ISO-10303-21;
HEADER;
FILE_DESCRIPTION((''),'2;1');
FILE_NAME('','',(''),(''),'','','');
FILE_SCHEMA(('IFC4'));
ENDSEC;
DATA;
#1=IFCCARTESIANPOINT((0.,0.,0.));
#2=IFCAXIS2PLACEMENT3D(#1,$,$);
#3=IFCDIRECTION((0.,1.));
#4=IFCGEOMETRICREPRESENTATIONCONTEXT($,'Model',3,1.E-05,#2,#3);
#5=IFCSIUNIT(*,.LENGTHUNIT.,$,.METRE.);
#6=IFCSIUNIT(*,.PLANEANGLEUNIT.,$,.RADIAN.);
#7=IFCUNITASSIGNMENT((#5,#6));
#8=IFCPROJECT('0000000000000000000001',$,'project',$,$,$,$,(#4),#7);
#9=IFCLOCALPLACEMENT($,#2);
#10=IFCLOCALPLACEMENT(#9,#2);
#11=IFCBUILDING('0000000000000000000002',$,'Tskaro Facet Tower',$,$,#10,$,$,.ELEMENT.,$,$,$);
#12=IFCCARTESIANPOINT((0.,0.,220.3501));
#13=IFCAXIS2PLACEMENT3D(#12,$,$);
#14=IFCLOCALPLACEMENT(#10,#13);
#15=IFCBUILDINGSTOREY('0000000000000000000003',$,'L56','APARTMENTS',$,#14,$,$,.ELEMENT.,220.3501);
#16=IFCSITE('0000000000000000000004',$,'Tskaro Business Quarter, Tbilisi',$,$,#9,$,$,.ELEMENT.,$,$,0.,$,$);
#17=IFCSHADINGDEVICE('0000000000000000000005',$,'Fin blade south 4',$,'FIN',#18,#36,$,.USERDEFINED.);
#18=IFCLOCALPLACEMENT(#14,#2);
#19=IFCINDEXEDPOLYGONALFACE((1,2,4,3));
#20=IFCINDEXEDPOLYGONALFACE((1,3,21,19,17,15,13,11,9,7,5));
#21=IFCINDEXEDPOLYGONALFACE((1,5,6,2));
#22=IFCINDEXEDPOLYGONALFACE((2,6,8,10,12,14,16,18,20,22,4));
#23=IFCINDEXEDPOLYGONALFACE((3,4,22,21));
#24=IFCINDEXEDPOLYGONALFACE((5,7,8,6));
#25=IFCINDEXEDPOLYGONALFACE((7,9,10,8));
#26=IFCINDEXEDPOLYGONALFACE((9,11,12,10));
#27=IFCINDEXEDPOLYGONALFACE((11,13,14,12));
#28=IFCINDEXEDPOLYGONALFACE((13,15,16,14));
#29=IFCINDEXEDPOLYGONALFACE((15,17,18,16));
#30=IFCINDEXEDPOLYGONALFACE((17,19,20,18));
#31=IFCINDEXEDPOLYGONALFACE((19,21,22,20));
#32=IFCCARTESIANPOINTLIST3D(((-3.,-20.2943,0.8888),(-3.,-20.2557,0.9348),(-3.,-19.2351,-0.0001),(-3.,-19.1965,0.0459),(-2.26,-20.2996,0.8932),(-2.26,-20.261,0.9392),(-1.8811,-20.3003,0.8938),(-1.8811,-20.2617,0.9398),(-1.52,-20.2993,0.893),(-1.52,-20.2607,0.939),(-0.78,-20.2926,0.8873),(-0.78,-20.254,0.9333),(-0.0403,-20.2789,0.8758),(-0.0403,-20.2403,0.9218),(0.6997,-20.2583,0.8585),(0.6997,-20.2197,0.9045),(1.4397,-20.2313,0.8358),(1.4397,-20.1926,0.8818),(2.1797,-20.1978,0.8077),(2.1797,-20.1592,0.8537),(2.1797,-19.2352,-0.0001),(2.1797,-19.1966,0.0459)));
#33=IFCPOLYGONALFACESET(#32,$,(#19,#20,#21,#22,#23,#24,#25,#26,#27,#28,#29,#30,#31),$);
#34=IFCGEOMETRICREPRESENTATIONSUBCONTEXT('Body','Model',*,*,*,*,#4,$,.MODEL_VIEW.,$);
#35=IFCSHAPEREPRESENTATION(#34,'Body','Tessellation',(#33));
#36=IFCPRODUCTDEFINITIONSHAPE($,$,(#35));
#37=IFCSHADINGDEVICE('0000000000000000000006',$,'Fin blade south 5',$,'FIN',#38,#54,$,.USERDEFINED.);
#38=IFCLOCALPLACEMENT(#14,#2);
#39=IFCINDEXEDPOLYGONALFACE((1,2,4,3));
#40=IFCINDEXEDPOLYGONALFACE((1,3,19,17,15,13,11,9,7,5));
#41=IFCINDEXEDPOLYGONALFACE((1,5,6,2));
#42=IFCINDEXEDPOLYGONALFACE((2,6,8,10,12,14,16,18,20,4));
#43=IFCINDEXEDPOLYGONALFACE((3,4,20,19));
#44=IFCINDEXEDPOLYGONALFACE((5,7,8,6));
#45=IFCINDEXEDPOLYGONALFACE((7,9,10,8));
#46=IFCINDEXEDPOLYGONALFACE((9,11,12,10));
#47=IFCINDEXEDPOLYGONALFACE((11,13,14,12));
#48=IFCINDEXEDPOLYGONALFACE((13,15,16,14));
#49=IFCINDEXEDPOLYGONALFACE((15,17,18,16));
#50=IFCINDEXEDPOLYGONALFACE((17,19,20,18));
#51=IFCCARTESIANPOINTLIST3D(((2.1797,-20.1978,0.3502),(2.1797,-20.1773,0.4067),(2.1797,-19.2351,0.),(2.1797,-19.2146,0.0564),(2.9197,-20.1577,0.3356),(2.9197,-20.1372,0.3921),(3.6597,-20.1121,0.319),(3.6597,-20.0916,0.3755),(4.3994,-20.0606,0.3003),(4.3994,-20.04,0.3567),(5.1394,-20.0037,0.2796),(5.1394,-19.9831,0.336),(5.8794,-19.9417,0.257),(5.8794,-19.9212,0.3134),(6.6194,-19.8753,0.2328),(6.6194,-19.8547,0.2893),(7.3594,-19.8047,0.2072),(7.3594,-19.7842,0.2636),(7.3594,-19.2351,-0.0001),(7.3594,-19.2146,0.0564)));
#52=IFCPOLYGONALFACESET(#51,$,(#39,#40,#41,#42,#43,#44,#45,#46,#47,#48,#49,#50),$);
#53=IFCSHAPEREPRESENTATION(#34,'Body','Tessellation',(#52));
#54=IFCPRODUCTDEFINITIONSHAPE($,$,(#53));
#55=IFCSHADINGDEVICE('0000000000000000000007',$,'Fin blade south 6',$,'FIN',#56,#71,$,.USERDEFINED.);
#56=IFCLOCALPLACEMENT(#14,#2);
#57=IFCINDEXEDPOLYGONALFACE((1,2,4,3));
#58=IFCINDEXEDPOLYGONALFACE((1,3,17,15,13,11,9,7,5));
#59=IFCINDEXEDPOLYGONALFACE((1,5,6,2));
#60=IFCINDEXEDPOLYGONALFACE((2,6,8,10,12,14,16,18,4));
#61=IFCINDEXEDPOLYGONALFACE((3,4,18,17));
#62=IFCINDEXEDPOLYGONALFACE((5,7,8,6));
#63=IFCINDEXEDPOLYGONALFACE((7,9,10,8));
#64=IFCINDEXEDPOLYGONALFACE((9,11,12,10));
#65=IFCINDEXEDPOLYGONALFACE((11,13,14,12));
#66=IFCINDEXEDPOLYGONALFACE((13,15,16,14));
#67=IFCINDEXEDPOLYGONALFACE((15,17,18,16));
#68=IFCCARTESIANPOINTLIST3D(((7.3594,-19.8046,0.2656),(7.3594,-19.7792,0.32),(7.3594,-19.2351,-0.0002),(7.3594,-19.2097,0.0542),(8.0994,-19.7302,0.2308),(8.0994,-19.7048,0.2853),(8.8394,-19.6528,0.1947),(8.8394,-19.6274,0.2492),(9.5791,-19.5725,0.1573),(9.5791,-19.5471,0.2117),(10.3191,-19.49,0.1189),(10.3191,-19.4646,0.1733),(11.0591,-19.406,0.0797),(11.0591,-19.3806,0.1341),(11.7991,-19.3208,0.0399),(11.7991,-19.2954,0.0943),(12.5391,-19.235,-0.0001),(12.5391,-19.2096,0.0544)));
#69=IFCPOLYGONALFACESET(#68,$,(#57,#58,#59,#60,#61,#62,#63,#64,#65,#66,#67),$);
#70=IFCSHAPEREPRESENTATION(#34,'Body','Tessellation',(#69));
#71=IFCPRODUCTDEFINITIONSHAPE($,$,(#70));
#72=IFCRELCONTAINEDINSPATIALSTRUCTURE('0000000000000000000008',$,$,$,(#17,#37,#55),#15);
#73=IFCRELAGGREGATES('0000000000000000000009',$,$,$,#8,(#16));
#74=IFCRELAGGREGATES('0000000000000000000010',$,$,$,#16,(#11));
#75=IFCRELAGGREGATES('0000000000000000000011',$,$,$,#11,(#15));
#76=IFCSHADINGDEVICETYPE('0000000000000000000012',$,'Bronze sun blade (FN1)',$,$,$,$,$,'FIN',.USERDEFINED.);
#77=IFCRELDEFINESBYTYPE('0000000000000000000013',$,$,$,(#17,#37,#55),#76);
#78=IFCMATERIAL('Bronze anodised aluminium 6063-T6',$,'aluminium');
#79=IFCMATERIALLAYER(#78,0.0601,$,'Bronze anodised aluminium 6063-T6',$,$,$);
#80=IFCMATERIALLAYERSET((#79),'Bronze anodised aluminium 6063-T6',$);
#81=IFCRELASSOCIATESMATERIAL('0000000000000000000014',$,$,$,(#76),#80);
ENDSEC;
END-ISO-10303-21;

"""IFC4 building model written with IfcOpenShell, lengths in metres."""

from ifc_helpers import new_model, si_unit, direction, frame, origin, place, context, subcontext, project, spatial, polyline, outline, extrude, material, layer, layer_set, type_object, element, save


model = new_model("IFC4")

# Units and contexts
model_context = context("Model", 3, precision=1e-05, world=origin(), true_north=direction((0.0, 1.0)))
body_context = subcontext(model_context, "Body", "Model", "MODEL_VIEW")
ifc_project = project(units=[si_unit("LENGTHUNIT", "METRE"), si_unit("PLANEANGLEUNIT", "RADIAN")], contexts=[model_context])

# Site, building, storey
site_placement = place(None, origin())
site = spatial("IfcSite", under=ifc_project, at=site_placement, Name="Tskaro Business Quarter, Tbilisi", CompositionType="ELEMENT", RefElevation=0.0)
building_placement = place(site_placement, origin())
building = spatial("IfcBuilding", under=site, at=building_placement, Name="Tskaro Facet Tower", CompositionType="ELEMENT")
storey_placement = place(building_placement, frame((0.0, 0.0, 220.3501)))
storey = spatial("IfcBuildingStorey", under=building, at=storey_placement, Name="L56", Description="APARTMENTS", CompositionType="ELEMENT", Elevation=220.3501)

# Shared definitions
ifc_material_1 = material(Name="Bronze anodised aluminium 6063-T6", Category="aluminium")

# Shading devices
ifc_layer_1 = layer(ifc_material_1, 0.0601, Name="Bronze anodised aluminium 6063-T6")
ifc_layer_set_1 = layer_set([ifc_layer_1], Name="Bronze anodised aluminium 6063-T6")
shading_device_type = type_object("IfcShadingDeviceType", Name="Bronze sun blade (FN1)", ElementType="FIN", PredefinedType="USERDEFINED", material=ifc_layer_set_1)
shading_device_1_placement = place(storey_placement, frame((-3.0, -19.1965, 0.0459), z_axis=(0.000009, 0.642847, 0.765995), x_axis=(1.0, -0.000006, -0.000007)))
element("IfcShadingDevice", 1, at=shading_device_1_placement, inside=storey, type_object=shading_device_type, Name="Fin blade south 4", ObjectType="FIN", PredefinedType="USERDEFINED", context=body_context, shape_type="SweptSolid", body=[
    extrude(outline(polyline([(0.0, 0.0), (5.1797, 0.0), (5.1797, -1.2567), (4.4397, -1.3004), (3.6997, -1.3357), (2.9597, -1.3626), (2.22, -1.3804), (1.48, -1.3893), (1.1189, -1.3905), (0.74, -1.3896), (0.0, -1.3827), (0.0, 0.0)])), origin(), (0.0, 0.0, -1.0), 0.0601),
])
shading_device_2_placement = place(storey_placement, frame((2.1797, -19.2146, 0.0564), z_axis=(0.000008, 0.34191, 0.939733), x_axis=(1.0, -0.000003, -0.000008)))
element("IfcShadingDevice", 2, at=shading_device_2_placement, inside=storey, type_object=shading_device_type, Name="Fin blade south 5", ObjectType="FIN", PredefinedType="USERDEFINED", context=body_context, shape_type="SweptSolid", body=[
    extrude(outline(polyline([(0.0, 0.0), (5.1797, 0.0), (5.1797, -0.6061), (4.4397, -0.6812), (3.6997, -0.7519), (2.9597, -0.8178), (2.2197, -0.8784), (1.48, -0.9332), (0.74, -0.9818), (0.0, -1.0244), (0.0, 0.0)])), origin(), (0.0, 0.0, -1.0), 0.0601),
])
shading_device_3_placement = place(storey_placement, frame((7.3594, -19.2097, 0.0542), z_axis=(-0.000034, 0.4229, 0.906176), x_axis=(1.0, 0.000014, 0.000031)))
element("IfcShadingDevice", 3, at=shading_device_3_placement, inside=storey, type_object=shading_device_type, Name="Fin blade south 6", ObjectType="FIN", PredefinedType="USERDEFINED", context=body_context, shape_type="SweptSolid", body=[
    extrude(outline(polyline([(0.0, 0.0), (5.1797, 0.0), (4.4397, -0.0946), (3.6997, -0.1886), (2.9597, -0.2814), (2.2197, -0.3723), (1.48, -0.4609), (0.74, -0.5463), (0.0, -0.6285), (0.0, 0.0)])), origin(), (0.0, 0.0, -1.0), 0.0601),
])

save(model, "model.ifc")
